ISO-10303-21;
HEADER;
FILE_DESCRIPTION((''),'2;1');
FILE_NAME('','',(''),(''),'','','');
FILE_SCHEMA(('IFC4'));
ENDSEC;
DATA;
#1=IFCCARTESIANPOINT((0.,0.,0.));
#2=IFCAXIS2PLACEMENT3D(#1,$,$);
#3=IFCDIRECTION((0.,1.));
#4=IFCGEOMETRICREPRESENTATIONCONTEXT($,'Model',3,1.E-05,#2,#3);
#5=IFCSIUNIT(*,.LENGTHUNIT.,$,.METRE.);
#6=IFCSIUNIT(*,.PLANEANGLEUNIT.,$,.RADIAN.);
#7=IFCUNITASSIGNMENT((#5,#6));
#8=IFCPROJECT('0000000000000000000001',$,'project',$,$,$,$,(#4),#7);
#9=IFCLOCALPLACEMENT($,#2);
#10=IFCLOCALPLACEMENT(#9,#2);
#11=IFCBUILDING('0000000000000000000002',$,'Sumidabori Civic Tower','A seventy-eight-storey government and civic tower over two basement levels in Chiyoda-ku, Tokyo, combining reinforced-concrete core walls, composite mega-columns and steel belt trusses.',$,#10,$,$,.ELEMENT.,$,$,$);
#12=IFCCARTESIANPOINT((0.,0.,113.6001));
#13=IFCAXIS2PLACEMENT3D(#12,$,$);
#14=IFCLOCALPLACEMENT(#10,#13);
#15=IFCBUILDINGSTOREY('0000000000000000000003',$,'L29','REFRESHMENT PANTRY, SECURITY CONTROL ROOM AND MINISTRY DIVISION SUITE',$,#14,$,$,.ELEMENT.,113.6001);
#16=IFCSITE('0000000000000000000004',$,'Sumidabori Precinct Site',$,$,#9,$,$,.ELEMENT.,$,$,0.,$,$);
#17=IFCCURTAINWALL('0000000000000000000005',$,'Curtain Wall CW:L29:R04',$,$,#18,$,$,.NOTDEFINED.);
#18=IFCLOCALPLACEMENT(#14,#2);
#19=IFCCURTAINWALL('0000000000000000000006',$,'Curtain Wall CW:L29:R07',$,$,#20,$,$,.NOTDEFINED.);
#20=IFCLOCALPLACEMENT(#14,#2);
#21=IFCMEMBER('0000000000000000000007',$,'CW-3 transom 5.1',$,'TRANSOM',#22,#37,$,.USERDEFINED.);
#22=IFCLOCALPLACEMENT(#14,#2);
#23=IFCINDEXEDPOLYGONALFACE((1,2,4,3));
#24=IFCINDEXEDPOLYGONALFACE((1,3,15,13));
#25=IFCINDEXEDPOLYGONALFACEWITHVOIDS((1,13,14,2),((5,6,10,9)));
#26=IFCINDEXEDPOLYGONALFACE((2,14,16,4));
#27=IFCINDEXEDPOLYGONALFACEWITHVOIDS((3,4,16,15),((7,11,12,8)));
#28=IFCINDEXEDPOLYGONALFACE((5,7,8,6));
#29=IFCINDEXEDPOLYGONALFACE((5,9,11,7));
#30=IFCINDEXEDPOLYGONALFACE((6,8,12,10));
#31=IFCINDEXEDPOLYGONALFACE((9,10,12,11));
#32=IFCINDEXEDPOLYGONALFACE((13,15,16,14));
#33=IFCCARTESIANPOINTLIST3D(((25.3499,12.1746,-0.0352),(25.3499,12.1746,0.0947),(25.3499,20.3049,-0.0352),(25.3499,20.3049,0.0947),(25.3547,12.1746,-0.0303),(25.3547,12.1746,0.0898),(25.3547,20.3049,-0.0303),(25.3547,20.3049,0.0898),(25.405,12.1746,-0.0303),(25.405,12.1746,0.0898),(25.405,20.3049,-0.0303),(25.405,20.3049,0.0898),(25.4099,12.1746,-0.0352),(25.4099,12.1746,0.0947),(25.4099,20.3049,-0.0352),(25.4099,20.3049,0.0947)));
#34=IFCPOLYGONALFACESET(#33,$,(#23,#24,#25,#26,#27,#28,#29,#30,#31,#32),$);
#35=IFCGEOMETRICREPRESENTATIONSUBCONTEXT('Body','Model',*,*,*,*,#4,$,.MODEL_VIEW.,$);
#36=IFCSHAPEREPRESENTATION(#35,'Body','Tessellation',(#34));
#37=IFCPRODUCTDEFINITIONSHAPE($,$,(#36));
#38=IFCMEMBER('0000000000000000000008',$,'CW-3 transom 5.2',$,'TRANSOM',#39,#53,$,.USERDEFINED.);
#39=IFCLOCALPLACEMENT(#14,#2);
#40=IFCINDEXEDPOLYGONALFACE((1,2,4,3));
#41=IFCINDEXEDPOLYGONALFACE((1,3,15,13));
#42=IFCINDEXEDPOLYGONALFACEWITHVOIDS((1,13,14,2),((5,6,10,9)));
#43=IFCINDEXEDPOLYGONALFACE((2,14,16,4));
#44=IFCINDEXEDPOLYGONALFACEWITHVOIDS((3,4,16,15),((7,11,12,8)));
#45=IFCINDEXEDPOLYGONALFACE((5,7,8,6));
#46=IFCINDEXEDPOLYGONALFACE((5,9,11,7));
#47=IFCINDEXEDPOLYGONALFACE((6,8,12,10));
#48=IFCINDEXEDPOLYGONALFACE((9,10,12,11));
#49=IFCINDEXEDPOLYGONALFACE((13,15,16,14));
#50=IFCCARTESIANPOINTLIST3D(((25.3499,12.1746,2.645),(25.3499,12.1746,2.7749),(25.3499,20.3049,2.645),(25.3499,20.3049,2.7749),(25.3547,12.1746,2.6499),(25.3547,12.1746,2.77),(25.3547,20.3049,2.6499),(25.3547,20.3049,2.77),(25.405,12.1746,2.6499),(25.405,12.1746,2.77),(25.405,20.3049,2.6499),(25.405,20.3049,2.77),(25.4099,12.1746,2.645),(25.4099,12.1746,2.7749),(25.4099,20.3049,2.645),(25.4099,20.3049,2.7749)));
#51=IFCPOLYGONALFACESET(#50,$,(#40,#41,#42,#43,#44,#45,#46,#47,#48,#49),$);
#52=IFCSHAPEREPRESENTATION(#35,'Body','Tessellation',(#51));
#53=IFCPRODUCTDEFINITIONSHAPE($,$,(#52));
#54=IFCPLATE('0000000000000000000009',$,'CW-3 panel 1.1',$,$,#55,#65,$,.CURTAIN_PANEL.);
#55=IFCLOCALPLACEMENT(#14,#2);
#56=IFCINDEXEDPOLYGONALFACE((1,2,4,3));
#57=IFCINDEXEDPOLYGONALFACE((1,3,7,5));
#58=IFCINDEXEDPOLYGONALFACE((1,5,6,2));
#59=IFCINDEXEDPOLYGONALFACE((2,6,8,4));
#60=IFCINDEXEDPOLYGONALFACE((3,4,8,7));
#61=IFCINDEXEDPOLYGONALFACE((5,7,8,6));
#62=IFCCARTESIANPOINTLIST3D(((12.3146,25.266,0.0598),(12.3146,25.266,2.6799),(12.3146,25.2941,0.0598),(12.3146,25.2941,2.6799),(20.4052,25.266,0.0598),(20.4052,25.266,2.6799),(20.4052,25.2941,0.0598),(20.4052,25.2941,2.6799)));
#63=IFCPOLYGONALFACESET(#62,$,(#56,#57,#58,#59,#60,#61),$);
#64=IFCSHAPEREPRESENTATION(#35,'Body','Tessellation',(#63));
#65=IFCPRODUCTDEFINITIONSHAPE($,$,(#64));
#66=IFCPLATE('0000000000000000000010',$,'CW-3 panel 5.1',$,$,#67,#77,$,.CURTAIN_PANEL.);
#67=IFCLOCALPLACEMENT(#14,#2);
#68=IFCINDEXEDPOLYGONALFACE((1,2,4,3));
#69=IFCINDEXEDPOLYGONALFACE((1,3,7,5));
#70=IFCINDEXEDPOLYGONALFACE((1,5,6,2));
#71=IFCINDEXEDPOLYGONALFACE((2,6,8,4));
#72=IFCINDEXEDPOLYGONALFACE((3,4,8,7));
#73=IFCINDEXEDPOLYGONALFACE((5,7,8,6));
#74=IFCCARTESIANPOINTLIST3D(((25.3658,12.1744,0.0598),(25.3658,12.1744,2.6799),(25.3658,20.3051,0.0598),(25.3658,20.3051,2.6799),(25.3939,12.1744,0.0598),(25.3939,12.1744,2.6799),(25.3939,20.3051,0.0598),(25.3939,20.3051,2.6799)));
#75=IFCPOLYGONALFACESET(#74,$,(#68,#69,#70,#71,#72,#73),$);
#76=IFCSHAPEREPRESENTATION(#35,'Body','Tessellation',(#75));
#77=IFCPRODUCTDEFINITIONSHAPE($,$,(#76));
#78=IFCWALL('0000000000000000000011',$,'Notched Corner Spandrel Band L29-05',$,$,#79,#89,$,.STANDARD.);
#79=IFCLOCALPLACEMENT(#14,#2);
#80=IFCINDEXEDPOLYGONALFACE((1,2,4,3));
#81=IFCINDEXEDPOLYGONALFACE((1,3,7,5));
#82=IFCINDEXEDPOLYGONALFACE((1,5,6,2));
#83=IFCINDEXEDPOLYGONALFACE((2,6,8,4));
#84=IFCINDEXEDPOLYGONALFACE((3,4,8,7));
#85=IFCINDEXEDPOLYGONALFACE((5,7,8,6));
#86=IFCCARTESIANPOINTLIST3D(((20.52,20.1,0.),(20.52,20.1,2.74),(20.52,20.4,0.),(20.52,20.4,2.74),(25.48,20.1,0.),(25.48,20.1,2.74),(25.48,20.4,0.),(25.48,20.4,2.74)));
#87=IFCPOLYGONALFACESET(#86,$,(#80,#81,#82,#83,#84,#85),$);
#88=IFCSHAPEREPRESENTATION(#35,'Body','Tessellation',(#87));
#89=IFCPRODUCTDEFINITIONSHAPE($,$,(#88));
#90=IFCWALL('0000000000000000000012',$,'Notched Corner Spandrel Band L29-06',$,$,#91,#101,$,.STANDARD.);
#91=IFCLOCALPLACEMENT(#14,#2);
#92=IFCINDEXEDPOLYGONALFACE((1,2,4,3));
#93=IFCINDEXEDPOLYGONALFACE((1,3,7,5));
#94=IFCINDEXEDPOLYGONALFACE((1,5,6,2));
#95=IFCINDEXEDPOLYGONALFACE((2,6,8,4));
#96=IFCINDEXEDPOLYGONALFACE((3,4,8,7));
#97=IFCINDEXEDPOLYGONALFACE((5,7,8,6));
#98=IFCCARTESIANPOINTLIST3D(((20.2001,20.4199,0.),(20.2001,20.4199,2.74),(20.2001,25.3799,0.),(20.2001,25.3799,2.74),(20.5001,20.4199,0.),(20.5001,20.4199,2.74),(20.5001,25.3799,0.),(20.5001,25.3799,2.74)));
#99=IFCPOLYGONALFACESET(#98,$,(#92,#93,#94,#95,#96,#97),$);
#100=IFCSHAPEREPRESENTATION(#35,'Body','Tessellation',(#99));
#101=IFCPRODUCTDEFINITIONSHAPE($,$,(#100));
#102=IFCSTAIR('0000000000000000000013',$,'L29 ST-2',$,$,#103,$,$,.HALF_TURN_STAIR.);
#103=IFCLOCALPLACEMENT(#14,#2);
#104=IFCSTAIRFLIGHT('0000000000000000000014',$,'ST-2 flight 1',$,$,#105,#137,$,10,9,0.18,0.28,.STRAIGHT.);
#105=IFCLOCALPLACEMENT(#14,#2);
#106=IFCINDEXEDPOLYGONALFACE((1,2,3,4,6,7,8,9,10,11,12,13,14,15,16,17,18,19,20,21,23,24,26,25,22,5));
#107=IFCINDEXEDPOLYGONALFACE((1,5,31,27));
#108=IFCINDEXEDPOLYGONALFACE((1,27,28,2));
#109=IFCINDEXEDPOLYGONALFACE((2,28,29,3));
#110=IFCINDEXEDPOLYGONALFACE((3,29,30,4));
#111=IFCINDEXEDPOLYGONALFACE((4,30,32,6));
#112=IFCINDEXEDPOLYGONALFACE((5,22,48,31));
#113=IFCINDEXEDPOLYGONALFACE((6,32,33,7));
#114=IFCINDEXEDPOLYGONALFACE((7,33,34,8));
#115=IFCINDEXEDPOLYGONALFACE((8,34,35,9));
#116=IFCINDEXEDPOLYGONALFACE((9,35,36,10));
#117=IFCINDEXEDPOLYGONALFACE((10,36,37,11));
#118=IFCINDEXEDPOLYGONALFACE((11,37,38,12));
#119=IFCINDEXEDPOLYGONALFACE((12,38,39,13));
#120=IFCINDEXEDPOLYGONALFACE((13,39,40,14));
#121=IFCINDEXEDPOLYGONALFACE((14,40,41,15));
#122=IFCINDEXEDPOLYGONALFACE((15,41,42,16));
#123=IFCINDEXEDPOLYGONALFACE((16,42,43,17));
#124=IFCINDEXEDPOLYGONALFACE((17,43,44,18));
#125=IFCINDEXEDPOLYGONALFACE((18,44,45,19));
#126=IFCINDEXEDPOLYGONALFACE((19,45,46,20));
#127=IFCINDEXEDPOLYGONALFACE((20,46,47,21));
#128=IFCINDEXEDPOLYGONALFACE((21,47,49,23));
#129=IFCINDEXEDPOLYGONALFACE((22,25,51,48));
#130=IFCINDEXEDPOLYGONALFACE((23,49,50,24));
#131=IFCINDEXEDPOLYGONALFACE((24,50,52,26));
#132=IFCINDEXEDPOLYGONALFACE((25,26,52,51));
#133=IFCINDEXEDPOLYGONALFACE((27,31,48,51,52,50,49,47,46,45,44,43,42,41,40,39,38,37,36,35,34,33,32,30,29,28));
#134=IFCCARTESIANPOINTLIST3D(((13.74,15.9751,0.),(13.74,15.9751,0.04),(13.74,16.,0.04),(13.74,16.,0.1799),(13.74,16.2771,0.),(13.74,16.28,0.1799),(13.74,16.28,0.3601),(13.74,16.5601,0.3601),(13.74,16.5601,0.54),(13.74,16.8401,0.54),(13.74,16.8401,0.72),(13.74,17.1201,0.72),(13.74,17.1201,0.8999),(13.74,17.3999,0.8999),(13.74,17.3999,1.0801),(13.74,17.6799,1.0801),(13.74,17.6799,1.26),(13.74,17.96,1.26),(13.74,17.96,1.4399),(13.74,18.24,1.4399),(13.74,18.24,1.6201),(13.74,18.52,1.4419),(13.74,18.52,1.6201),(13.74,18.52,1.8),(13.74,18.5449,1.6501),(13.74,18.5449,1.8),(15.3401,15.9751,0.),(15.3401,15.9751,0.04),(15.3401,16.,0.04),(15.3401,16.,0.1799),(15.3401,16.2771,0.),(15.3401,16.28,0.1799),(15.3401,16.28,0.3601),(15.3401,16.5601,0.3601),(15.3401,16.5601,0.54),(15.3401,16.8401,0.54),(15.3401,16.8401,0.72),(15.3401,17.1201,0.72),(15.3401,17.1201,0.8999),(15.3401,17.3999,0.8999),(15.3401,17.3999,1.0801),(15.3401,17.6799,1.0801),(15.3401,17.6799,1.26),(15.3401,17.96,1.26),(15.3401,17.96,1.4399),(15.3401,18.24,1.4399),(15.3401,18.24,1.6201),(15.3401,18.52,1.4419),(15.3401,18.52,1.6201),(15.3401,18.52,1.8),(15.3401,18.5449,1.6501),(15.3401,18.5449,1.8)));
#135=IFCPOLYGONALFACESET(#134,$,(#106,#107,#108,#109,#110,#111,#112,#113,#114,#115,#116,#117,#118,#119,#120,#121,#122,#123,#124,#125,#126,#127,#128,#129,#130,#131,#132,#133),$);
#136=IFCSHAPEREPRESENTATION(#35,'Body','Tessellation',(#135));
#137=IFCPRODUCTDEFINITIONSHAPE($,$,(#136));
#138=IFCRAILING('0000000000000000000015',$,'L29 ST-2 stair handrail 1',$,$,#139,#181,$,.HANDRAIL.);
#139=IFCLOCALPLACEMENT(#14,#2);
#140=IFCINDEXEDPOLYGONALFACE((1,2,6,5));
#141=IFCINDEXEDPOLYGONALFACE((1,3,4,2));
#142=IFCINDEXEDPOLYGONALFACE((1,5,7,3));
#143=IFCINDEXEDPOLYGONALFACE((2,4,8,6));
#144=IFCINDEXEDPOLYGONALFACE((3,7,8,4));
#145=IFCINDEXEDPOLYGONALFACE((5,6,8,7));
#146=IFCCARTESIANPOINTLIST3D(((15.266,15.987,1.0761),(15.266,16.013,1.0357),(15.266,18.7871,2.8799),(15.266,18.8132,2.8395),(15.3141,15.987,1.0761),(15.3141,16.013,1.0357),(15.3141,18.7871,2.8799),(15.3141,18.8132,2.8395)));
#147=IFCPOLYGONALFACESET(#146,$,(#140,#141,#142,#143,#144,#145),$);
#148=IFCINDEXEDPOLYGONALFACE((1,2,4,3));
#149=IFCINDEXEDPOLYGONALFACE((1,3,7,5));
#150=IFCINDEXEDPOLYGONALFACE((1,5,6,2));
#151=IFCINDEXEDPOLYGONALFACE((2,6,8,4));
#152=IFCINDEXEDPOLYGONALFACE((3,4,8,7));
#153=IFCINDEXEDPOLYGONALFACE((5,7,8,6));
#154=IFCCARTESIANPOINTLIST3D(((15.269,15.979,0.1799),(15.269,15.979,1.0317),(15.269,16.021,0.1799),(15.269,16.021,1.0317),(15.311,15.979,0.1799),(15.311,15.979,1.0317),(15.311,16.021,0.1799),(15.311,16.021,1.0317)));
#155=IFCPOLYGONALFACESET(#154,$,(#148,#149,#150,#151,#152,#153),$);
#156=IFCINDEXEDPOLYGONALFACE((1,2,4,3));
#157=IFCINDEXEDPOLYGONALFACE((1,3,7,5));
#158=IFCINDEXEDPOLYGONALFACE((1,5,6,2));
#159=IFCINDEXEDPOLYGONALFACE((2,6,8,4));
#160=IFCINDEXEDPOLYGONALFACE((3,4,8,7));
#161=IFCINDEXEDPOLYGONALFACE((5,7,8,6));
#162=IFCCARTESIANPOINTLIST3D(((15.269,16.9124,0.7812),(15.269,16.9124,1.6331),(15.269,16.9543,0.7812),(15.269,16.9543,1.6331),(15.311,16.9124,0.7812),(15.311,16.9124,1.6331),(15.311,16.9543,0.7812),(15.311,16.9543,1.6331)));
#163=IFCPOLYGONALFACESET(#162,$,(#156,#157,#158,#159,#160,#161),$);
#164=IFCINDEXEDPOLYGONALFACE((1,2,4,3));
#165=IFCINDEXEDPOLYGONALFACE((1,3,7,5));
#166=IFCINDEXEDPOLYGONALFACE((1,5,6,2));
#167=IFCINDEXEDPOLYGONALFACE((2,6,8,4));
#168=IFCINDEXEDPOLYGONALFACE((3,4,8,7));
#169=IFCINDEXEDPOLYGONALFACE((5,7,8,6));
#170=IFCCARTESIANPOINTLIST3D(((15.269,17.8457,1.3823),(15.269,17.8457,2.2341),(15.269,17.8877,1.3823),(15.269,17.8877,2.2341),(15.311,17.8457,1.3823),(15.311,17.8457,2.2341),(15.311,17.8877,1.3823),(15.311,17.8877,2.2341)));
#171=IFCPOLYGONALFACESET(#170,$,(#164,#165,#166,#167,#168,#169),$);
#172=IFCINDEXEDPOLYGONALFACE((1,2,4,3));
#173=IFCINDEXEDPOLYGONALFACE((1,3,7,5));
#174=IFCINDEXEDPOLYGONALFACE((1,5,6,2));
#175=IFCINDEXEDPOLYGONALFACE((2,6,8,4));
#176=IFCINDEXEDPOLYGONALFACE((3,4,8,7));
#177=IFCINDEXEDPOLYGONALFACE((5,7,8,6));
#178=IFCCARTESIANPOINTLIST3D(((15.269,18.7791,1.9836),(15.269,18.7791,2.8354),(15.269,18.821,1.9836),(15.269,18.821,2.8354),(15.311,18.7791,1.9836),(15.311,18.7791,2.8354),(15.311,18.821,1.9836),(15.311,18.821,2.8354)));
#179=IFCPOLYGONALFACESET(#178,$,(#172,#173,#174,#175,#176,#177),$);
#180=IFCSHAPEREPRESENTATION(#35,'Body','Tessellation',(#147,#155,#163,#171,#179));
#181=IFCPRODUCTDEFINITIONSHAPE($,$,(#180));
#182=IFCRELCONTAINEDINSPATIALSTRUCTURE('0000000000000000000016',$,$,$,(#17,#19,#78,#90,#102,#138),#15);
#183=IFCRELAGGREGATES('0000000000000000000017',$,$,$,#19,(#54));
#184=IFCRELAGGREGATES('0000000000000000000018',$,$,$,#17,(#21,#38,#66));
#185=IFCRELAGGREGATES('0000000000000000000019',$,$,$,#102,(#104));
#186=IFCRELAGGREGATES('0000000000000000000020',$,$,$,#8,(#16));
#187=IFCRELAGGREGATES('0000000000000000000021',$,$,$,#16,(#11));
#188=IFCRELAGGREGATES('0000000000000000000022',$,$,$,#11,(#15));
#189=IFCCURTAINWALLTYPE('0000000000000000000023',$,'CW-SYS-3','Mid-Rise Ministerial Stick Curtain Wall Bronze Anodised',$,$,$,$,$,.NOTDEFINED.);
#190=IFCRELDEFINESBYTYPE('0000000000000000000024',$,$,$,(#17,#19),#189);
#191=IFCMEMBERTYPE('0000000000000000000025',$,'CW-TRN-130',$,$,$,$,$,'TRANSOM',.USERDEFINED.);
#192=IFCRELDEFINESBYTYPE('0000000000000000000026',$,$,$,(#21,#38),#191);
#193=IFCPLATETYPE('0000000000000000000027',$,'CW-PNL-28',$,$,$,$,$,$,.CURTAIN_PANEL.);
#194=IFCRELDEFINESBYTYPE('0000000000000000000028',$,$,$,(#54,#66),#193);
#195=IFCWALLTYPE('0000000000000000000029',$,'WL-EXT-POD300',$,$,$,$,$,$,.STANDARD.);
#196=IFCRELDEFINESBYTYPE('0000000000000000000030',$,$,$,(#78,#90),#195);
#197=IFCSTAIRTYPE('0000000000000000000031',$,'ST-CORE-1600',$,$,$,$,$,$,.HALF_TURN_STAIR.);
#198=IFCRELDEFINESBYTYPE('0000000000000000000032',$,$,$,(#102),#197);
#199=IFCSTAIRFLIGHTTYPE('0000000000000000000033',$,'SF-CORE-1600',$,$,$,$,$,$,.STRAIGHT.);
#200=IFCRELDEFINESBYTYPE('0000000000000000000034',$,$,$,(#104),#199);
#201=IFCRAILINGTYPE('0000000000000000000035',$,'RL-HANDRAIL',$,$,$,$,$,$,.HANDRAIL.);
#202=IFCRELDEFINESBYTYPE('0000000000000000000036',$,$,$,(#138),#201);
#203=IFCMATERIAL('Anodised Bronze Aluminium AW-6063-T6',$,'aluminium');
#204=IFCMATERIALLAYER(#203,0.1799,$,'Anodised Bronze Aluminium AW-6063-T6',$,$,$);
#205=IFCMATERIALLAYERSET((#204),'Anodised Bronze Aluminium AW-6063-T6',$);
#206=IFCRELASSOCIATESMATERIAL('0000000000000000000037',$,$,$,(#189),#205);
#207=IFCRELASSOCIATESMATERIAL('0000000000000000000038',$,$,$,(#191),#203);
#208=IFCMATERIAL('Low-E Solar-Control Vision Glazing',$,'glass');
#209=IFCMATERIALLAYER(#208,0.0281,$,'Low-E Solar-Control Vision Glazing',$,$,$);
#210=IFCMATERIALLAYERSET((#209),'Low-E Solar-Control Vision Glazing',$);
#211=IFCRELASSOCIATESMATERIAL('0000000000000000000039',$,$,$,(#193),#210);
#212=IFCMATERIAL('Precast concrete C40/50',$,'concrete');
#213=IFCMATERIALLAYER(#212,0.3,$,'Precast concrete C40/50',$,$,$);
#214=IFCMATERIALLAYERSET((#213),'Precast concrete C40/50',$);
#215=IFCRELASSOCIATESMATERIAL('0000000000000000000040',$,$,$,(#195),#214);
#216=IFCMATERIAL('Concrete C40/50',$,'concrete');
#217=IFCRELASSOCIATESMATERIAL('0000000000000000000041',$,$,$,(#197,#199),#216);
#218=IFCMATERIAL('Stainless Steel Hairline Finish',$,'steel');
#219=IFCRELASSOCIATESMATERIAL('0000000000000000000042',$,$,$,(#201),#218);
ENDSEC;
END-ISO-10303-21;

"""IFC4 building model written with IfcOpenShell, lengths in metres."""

from ifc_helpers import new_model, si_unit, direction, frame, frame_2d, origin, origin_2d, place, context, subcontext, project, spatial, polyline, rectangle, hollow_rectangle, outline, extrude, source, transform, mapped, material, layer, layer_set, material_profile, profile_set, type_object, element, aggregate, save


model = new_model("IFC4")

# Units and contexts
model_context = context("Model", 3, precision=1e-05, world=origin(), true_north=direction((0.0, 1.0)))
body_context = subcontext(model_context, "Body", "Model", "MODEL_VIEW")
ifc_project = project(units=[si_unit("LENGTHUNIT", "METRE"), si_unit("PLANEANGLEUNIT", "RADIAN")], contexts=[model_context])

# Site, building, storey
site_placement = place(None, origin())
site = spatial("IfcSite", under=ifc_project, at=site_placement, Name="Sumidabori Precinct Site", CompositionType="ELEMENT", RefElevation=0.0)
building_placement = place(site_placement, origin())
building = spatial("IfcBuilding", under=site, at=building_placement, Name="Sumidabori Civic Tower", Description="A seventy-eight-storey government and civic tower over two basement levels in Chiyoda-ku, Tokyo, combining reinforced-concrete core walls, composite mega-columns and steel belt trusses.", CompositionType="ELEMENT")
storey_placement = place(building_placement, frame((0.0, 0.0, 113.6001)))
storey = spatial("IfcBuildingStorey", under=building, at=storey_placement, Name="L29", Description="REFRESHMENT PANTRY, SECURITY CONTROL ROOM AND MINISTRY DIVISION SUITE", CompositionType="ELEMENT", Elevation=113.6001)

# Curtain walls
ifc_material_1 = material(Name="Anodised Bronze Aluminium AW-6063-T6", Category="aluminium")
ifc_layer_1 = layer(ifc_material_1, 0.1799, Name="Anodised Bronze Aluminium AW-6063-T6")
ifc_layer_set_1 = layer_set([ifc_layer_1], Name="Anodised Bronze Aluminium AW-6063-T6")
curtain_wall_type = type_object("IfcCurtainWallType", Name="CW-SYS-3", Description="Mid-Rise Ministerial Stick Curtain Wall Bronze Anodised", PredefinedType="NOTDEFINED", material=ifc_layer_set_1)
curtain_wall_1_placement = place(storey_placement, origin())
curtain_wall_1 = element("IfcCurtainWall", 1, at=curtain_wall_1_placement, inside=storey, type_object=curtain_wall_type, Name="Curtain Wall CW:L29:R04", PredefinedType="NOTDEFINED")
curtain_wall_2_placement = place(storey_placement, origin())
curtain_wall_2 = element("IfcCurtainWall", 2, at=curtain_wall_2_placement, inside=storey, type_object=curtain_wall_type, Name="Curtain Wall CW:L29:R07", PredefinedType="NOTDEFINED")
ifc_material_profile_1 = material_profile(ifc_material_1, hollow_rectangle(XDim=0.0601, YDim=0.1299, WallThickness=0.0049, at=origin_2d()), Name="ALU TRANSOM 130x60")
ifc_profile_set_1 = profile_set([ifc_material_profile_1], Name="Anodised Bronze Aluminium AW-6063-T6")
member_type_1 = type_object("IfcMemberType", Name="CW-TRN-130", ElementType="TRANSOM", PredefinedType="USERDEFINED", material=ifc_profile_set_1)

# Members
shared_shape_1 = source(origin(), body_context, "Body", "SweptSolid", [
    extrude(hollow_rectangle(XDim=0.0601, YDim=0.1299, WallThickness=0.0049, at=origin_2d()), origin(), (0.0, 0.0, 1.0), 8.1304),
])
member_1_placement = place(storey_placement, frame((25.3799, 12.1746, 0.0298), z_axis=(0.0, 1.0, 0.0), x_axis=(-1.0, 0.0, 0.0)))
member_1 = element("IfcMember", 3, at=member_1_placement, type_object=member_type_1, Name="CW-3 transom 5.1", ObjectType="TRANSOM", PredefinedType="USERDEFINED", context=body_context, shape_type="MappedRepresentation", body=[
    mapped(shared_shape_1, transform((0.0, 0.0, 0.0), x_axis=(1.0, 0.0, 0.0), y_axis=(0.0, 1.0, 0.0), z_axis=(0.0, 0.0, 1.0), scale=1.0)),
])
member_2_placement = place(storey_placement, frame((25.3799, 12.1746, 2.71), z_axis=(0.0, 1.0, 0.0), x_axis=(-1.0, 0.0, 0.0)))
member_2 = element("IfcMember", 4, at=member_2_placement, type_object=member_type_1, Name="CW-3 transom 5.2", ObjectType="TRANSOM", PredefinedType="USERDEFINED", context=body_context, shape_type="MappedRepresentation", body=[
    mapped(shared_shape_1, transform((0.0, 0.0, 0.0), x_axis=(1.0, 0.0, 0.0), y_axis=(0.0, 1.0, 0.0), z_axis=(0.0, 0.0, 1.0), scale=1.0)),
])

# Plates
ifc_material_2 = material(Name="Low-E Solar-Control Vision Glazing", Category="glass")
ifc_layer_2 = layer(ifc_material_2, 0.0281, Name="Low-E Solar-Control Vision Glazing")
ifc_layer_set_2 = layer_set([ifc_layer_2], Name="Low-E Solar-Control Vision Glazing")
plate_type = type_object("IfcPlateType", Name="CW-PNL-28", PredefinedType="CURTAIN_PANEL", material=ifc_layer_set_2)
shared_shape_2 = source(origin(), body_context, "Body", "SweptSolid", [
    extrude(rectangle(XDim=8.0906, YDim=0.0281, at=origin_2d()), origin(), (0.0, 0.0, 1.0), 2.6201),
])
plate_1_placement = place(storey_placement, frame((16.3599, 25.28, 0.0598), z_axis=(0.0, 0.0, 1.0), x_axis=(-1.0, 0.0, 0.0)))
plate_1 = element("IfcPlate", 5, at=plate_1_placement, type_object=plate_type, Name="CW-3 panel 1.1", PredefinedType="CURTAIN_PANEL", context=body_context, shape_type="MappedRepresentation", body=[
    mapped(shared_shape_2, transform((0.0, 0.0, 0.0), x_axis=(1.0, 0.0, 0.0), y_axis=(0.0, 1.0, 0.0), z_axis=(0.0, 0.0, 1.0), scale=1.0)),
])
aggregate(curtain_wall_2, [plate_1])
shared_shape_3 = source(origin(), body_context, "Body", "SweptSolid", [
    extrude(rectangle(XDim=8.1306, YDim=0.0281, at=origin_2d()), origin(), (0.0, 0.0, 1.0), 2.6201),
])
plate_2_placement = place(storey_placement, frame((25.3799, 16.2397, 0.0598), z_axis=(0.0, 0.0, 1.0), x_axis=(0.0, 1.0, 0.0)))
plate_2 = element("IfcPlate", 6, at=plate_2_placement, type_object=plate_type, Name="CW-3 panel 5.1", PredefinedType="CURTAIN_PANEL", context=body_context, shape_type="MappedRepresentation", body=[
    mapped(shared_shape_3, transform((0.0, 0.0, 0.0), x_axis=(1.0, 0.0, 0.0), y_axis=(0.0, 1.0, 0.0), z_axis=(0.0, 0.0, 1.0), scale=1.0)),
])
aggregate(curtain_wall_1, [member_1, member_2, plate_2])

# Walls
ifc_material_3 = material(Name="Precast concrete C40/50", Category="concrete")
ifc_layer_3 = layer(ifc_material_3, 0.3, Name="Precast concrete C40/50")
ifc_layer_set_3 = layer_set([ifc_layer_3], Name="Precast concrete C40/50")
wall_type = type_object("IfcWallType", Name="WL-EXT-POD300", PredefinedType="STANDARD", material=ifc_layer_set_3)
shared_shape_4 = source(origin(), body_context, "Body", "SweptSolid", [
    extrude(rectangle(XDim=4.96, YDim=0.3, at=frame_2d((2.48, 0.0))), origin(), (0.0, 0.0, 1.0), 2.74),
])
for number, where, z_axis, x_axis, name in (
    (7, (25.48, 20.25, 0.0), (0.0, 0.0, 1.0), (-1.0, 0.0, 0.0), "Notched Corner Spandrel Band L29-05"),
    (8, (20.3501, 20.4199, 0.0), (0.0, 0.0, 1.0), (0.0, 1.0, 0.0), "Notched Corner Spandrel Band L29-06"),
):
    element("IfcWall", number, at=place(storey_placement, frame(where, z_axis=z_axis, x_axis=x_axis)), inside=storey, type_object=wall_type, Name=name, PredefinedType="STANDARD", context=body_context, shape_type="MappedRepresentation", body=[
        mapped(shared_shape_4, transform((0.0, 0.0, 0.0), x_axis=(1.0, 0.0, 0.0), y_axis=(0.0, 1.0, 0.0), z_axis=(0.0, 0.0, 1.0), scale=1.0)),
    ])

# Stair, stair flight
ifc_material_4 = material(Name="Concrete C40/50", Category="concrete")
stair_type = type_object("IfcStairType", Name="ST-CORE-1600", PredefinedType="HALF_TURN_STAIR", material=ifc_material_4)
stair_placement = place(storey_placement, origin())
stair = element("IfcStair", 9, at=stair_placement, inside=storey, type_object=stair_type, Name="L29 ST-2", PredefinedType="HALF_TURN_STAIR")
stair_flight_type = type_object("IfcStairFlightType", Name="SF-CORE-1600", PredefinedType="STRAIGHT", material=ifc_material_4)
shared_shape_5 = source(origin(), body_context, "Body", "SweptSolid", [
    extrude(outline(polyline([(-0.0249, 0.0), (-0.0249, 0.04), (0.0, 0.04), (0.0, 0.1799), (0.28, 0.1799), (0.28, 0.3601), (0.5601, 0.3601), (0.5601, 0.54), (0.8401, 0.54), (0.8401, 0.72), (1.1201, 0.72), (1.1201, 0.8999), (1.3999, 0.8999), (1.3999, 1.0801), (1.6799, 1.0801), (1.6799, 1.26), (1.96, 1.26), (1.96, 1.4399), (2.24, 1.4399), (2.24, 1.6201), (2.52, 1.6201), (2.52, 1.8), (2.5449, 1.8), (2.5449, 1.6501), (2.52, 1.4419), (0.2771, 0.0), (-0.0249, 0.0)])), frame((0.0, 0.8, 0.0), z_axis=(0.0, -1.0, 0.0), x_axis=(1.0, 0.0, 0.0)), (0.0, 0.0, 1.0), 1.6001),
])
stair_flight_placement = place(storey_placement, frame((14.54, 16.0, 0.0), z_axis=(0.0, 0.0, 1.0), x_axis=(0.0, 1.0, 0.0)))
stair_flight = element("IfcStairFlight", 10, at=stair_flight_placement, type_object=stair_flight_type, Name="ST-2 flight 1", NumberOfRisers=10, NumberOfTreads=9, PredefinedType="STRAIGHT", RiserHeight=0.18, TreadLength=0.28, context=body_context, shape_type="MappedRepresentation", body=[
    mapped(shared_shape_5, transform((0.0, 0.0, 0.0), x_axis=(1.0, 0.0, 0.0), y_axis=(0.0, 1.0, 0.0), z_axis=(0.0, 0.0, 1.0), scale=1.0)),
])
aggregate(stair, [stair_flight])

# Railing
ifc_material_5 = material(Name="Stainless Steel Hairline Finish", Category="steel")
railing_type_1 = type_object("IfcRailingType", Name="RL-HANDRAIL", PredefinedType="HANDRAIL", material=ifc_material_5)
railing_1_placement = place(storey_placement, frame((15.29, 16.0, 0.1799)))
element("IfcRailing", 11, at=railing_1_placement, inside=storey, type_object=railing_type_1, Name="L29 ST-2 stair handrail 1", PredefinedType="HANDRAIL", context=body_context, shape_type="SweptSolid", body=[
    extrude(rectangle(XDim=0.0481, YDim=0.0481, at=origin_2d()), frame((0.0, 0.0, 0.876), z_axis=(0.0, 0.840676, 0.541539), x_axis=(-1.0, 0.0, 0.0)), (0.0, 0.0, 1.0), 3.3308),
    extrude(rectangle(XDim=0.042, YDim=0.042, at=origin_2d()), origin(), (0.0, 0.0, 1.0), 0.8518),
    extrude(rectangle(XDim=0.042, YDim=0.042, at=origin_2d()), frame((0.0, 0.9333, 0.6013)), (0.0, 0.0, 1.0), 0.8518),
    extrude(rectangle(XDim=0.042, YDim=0.042, at=origin_2d()), frame((0.0, 1.8667, 1.2024)), (0.0, 0.0, 1.0), 0.8518),
    extrude(rectangle(XDim=0.042, YDim=0.042, at=origin_2d()), frame((0.0, 2.8, 1.8037)), (0.0, 0.0, 1.0), 0.8518),
])

save(model, "model.ifc")
